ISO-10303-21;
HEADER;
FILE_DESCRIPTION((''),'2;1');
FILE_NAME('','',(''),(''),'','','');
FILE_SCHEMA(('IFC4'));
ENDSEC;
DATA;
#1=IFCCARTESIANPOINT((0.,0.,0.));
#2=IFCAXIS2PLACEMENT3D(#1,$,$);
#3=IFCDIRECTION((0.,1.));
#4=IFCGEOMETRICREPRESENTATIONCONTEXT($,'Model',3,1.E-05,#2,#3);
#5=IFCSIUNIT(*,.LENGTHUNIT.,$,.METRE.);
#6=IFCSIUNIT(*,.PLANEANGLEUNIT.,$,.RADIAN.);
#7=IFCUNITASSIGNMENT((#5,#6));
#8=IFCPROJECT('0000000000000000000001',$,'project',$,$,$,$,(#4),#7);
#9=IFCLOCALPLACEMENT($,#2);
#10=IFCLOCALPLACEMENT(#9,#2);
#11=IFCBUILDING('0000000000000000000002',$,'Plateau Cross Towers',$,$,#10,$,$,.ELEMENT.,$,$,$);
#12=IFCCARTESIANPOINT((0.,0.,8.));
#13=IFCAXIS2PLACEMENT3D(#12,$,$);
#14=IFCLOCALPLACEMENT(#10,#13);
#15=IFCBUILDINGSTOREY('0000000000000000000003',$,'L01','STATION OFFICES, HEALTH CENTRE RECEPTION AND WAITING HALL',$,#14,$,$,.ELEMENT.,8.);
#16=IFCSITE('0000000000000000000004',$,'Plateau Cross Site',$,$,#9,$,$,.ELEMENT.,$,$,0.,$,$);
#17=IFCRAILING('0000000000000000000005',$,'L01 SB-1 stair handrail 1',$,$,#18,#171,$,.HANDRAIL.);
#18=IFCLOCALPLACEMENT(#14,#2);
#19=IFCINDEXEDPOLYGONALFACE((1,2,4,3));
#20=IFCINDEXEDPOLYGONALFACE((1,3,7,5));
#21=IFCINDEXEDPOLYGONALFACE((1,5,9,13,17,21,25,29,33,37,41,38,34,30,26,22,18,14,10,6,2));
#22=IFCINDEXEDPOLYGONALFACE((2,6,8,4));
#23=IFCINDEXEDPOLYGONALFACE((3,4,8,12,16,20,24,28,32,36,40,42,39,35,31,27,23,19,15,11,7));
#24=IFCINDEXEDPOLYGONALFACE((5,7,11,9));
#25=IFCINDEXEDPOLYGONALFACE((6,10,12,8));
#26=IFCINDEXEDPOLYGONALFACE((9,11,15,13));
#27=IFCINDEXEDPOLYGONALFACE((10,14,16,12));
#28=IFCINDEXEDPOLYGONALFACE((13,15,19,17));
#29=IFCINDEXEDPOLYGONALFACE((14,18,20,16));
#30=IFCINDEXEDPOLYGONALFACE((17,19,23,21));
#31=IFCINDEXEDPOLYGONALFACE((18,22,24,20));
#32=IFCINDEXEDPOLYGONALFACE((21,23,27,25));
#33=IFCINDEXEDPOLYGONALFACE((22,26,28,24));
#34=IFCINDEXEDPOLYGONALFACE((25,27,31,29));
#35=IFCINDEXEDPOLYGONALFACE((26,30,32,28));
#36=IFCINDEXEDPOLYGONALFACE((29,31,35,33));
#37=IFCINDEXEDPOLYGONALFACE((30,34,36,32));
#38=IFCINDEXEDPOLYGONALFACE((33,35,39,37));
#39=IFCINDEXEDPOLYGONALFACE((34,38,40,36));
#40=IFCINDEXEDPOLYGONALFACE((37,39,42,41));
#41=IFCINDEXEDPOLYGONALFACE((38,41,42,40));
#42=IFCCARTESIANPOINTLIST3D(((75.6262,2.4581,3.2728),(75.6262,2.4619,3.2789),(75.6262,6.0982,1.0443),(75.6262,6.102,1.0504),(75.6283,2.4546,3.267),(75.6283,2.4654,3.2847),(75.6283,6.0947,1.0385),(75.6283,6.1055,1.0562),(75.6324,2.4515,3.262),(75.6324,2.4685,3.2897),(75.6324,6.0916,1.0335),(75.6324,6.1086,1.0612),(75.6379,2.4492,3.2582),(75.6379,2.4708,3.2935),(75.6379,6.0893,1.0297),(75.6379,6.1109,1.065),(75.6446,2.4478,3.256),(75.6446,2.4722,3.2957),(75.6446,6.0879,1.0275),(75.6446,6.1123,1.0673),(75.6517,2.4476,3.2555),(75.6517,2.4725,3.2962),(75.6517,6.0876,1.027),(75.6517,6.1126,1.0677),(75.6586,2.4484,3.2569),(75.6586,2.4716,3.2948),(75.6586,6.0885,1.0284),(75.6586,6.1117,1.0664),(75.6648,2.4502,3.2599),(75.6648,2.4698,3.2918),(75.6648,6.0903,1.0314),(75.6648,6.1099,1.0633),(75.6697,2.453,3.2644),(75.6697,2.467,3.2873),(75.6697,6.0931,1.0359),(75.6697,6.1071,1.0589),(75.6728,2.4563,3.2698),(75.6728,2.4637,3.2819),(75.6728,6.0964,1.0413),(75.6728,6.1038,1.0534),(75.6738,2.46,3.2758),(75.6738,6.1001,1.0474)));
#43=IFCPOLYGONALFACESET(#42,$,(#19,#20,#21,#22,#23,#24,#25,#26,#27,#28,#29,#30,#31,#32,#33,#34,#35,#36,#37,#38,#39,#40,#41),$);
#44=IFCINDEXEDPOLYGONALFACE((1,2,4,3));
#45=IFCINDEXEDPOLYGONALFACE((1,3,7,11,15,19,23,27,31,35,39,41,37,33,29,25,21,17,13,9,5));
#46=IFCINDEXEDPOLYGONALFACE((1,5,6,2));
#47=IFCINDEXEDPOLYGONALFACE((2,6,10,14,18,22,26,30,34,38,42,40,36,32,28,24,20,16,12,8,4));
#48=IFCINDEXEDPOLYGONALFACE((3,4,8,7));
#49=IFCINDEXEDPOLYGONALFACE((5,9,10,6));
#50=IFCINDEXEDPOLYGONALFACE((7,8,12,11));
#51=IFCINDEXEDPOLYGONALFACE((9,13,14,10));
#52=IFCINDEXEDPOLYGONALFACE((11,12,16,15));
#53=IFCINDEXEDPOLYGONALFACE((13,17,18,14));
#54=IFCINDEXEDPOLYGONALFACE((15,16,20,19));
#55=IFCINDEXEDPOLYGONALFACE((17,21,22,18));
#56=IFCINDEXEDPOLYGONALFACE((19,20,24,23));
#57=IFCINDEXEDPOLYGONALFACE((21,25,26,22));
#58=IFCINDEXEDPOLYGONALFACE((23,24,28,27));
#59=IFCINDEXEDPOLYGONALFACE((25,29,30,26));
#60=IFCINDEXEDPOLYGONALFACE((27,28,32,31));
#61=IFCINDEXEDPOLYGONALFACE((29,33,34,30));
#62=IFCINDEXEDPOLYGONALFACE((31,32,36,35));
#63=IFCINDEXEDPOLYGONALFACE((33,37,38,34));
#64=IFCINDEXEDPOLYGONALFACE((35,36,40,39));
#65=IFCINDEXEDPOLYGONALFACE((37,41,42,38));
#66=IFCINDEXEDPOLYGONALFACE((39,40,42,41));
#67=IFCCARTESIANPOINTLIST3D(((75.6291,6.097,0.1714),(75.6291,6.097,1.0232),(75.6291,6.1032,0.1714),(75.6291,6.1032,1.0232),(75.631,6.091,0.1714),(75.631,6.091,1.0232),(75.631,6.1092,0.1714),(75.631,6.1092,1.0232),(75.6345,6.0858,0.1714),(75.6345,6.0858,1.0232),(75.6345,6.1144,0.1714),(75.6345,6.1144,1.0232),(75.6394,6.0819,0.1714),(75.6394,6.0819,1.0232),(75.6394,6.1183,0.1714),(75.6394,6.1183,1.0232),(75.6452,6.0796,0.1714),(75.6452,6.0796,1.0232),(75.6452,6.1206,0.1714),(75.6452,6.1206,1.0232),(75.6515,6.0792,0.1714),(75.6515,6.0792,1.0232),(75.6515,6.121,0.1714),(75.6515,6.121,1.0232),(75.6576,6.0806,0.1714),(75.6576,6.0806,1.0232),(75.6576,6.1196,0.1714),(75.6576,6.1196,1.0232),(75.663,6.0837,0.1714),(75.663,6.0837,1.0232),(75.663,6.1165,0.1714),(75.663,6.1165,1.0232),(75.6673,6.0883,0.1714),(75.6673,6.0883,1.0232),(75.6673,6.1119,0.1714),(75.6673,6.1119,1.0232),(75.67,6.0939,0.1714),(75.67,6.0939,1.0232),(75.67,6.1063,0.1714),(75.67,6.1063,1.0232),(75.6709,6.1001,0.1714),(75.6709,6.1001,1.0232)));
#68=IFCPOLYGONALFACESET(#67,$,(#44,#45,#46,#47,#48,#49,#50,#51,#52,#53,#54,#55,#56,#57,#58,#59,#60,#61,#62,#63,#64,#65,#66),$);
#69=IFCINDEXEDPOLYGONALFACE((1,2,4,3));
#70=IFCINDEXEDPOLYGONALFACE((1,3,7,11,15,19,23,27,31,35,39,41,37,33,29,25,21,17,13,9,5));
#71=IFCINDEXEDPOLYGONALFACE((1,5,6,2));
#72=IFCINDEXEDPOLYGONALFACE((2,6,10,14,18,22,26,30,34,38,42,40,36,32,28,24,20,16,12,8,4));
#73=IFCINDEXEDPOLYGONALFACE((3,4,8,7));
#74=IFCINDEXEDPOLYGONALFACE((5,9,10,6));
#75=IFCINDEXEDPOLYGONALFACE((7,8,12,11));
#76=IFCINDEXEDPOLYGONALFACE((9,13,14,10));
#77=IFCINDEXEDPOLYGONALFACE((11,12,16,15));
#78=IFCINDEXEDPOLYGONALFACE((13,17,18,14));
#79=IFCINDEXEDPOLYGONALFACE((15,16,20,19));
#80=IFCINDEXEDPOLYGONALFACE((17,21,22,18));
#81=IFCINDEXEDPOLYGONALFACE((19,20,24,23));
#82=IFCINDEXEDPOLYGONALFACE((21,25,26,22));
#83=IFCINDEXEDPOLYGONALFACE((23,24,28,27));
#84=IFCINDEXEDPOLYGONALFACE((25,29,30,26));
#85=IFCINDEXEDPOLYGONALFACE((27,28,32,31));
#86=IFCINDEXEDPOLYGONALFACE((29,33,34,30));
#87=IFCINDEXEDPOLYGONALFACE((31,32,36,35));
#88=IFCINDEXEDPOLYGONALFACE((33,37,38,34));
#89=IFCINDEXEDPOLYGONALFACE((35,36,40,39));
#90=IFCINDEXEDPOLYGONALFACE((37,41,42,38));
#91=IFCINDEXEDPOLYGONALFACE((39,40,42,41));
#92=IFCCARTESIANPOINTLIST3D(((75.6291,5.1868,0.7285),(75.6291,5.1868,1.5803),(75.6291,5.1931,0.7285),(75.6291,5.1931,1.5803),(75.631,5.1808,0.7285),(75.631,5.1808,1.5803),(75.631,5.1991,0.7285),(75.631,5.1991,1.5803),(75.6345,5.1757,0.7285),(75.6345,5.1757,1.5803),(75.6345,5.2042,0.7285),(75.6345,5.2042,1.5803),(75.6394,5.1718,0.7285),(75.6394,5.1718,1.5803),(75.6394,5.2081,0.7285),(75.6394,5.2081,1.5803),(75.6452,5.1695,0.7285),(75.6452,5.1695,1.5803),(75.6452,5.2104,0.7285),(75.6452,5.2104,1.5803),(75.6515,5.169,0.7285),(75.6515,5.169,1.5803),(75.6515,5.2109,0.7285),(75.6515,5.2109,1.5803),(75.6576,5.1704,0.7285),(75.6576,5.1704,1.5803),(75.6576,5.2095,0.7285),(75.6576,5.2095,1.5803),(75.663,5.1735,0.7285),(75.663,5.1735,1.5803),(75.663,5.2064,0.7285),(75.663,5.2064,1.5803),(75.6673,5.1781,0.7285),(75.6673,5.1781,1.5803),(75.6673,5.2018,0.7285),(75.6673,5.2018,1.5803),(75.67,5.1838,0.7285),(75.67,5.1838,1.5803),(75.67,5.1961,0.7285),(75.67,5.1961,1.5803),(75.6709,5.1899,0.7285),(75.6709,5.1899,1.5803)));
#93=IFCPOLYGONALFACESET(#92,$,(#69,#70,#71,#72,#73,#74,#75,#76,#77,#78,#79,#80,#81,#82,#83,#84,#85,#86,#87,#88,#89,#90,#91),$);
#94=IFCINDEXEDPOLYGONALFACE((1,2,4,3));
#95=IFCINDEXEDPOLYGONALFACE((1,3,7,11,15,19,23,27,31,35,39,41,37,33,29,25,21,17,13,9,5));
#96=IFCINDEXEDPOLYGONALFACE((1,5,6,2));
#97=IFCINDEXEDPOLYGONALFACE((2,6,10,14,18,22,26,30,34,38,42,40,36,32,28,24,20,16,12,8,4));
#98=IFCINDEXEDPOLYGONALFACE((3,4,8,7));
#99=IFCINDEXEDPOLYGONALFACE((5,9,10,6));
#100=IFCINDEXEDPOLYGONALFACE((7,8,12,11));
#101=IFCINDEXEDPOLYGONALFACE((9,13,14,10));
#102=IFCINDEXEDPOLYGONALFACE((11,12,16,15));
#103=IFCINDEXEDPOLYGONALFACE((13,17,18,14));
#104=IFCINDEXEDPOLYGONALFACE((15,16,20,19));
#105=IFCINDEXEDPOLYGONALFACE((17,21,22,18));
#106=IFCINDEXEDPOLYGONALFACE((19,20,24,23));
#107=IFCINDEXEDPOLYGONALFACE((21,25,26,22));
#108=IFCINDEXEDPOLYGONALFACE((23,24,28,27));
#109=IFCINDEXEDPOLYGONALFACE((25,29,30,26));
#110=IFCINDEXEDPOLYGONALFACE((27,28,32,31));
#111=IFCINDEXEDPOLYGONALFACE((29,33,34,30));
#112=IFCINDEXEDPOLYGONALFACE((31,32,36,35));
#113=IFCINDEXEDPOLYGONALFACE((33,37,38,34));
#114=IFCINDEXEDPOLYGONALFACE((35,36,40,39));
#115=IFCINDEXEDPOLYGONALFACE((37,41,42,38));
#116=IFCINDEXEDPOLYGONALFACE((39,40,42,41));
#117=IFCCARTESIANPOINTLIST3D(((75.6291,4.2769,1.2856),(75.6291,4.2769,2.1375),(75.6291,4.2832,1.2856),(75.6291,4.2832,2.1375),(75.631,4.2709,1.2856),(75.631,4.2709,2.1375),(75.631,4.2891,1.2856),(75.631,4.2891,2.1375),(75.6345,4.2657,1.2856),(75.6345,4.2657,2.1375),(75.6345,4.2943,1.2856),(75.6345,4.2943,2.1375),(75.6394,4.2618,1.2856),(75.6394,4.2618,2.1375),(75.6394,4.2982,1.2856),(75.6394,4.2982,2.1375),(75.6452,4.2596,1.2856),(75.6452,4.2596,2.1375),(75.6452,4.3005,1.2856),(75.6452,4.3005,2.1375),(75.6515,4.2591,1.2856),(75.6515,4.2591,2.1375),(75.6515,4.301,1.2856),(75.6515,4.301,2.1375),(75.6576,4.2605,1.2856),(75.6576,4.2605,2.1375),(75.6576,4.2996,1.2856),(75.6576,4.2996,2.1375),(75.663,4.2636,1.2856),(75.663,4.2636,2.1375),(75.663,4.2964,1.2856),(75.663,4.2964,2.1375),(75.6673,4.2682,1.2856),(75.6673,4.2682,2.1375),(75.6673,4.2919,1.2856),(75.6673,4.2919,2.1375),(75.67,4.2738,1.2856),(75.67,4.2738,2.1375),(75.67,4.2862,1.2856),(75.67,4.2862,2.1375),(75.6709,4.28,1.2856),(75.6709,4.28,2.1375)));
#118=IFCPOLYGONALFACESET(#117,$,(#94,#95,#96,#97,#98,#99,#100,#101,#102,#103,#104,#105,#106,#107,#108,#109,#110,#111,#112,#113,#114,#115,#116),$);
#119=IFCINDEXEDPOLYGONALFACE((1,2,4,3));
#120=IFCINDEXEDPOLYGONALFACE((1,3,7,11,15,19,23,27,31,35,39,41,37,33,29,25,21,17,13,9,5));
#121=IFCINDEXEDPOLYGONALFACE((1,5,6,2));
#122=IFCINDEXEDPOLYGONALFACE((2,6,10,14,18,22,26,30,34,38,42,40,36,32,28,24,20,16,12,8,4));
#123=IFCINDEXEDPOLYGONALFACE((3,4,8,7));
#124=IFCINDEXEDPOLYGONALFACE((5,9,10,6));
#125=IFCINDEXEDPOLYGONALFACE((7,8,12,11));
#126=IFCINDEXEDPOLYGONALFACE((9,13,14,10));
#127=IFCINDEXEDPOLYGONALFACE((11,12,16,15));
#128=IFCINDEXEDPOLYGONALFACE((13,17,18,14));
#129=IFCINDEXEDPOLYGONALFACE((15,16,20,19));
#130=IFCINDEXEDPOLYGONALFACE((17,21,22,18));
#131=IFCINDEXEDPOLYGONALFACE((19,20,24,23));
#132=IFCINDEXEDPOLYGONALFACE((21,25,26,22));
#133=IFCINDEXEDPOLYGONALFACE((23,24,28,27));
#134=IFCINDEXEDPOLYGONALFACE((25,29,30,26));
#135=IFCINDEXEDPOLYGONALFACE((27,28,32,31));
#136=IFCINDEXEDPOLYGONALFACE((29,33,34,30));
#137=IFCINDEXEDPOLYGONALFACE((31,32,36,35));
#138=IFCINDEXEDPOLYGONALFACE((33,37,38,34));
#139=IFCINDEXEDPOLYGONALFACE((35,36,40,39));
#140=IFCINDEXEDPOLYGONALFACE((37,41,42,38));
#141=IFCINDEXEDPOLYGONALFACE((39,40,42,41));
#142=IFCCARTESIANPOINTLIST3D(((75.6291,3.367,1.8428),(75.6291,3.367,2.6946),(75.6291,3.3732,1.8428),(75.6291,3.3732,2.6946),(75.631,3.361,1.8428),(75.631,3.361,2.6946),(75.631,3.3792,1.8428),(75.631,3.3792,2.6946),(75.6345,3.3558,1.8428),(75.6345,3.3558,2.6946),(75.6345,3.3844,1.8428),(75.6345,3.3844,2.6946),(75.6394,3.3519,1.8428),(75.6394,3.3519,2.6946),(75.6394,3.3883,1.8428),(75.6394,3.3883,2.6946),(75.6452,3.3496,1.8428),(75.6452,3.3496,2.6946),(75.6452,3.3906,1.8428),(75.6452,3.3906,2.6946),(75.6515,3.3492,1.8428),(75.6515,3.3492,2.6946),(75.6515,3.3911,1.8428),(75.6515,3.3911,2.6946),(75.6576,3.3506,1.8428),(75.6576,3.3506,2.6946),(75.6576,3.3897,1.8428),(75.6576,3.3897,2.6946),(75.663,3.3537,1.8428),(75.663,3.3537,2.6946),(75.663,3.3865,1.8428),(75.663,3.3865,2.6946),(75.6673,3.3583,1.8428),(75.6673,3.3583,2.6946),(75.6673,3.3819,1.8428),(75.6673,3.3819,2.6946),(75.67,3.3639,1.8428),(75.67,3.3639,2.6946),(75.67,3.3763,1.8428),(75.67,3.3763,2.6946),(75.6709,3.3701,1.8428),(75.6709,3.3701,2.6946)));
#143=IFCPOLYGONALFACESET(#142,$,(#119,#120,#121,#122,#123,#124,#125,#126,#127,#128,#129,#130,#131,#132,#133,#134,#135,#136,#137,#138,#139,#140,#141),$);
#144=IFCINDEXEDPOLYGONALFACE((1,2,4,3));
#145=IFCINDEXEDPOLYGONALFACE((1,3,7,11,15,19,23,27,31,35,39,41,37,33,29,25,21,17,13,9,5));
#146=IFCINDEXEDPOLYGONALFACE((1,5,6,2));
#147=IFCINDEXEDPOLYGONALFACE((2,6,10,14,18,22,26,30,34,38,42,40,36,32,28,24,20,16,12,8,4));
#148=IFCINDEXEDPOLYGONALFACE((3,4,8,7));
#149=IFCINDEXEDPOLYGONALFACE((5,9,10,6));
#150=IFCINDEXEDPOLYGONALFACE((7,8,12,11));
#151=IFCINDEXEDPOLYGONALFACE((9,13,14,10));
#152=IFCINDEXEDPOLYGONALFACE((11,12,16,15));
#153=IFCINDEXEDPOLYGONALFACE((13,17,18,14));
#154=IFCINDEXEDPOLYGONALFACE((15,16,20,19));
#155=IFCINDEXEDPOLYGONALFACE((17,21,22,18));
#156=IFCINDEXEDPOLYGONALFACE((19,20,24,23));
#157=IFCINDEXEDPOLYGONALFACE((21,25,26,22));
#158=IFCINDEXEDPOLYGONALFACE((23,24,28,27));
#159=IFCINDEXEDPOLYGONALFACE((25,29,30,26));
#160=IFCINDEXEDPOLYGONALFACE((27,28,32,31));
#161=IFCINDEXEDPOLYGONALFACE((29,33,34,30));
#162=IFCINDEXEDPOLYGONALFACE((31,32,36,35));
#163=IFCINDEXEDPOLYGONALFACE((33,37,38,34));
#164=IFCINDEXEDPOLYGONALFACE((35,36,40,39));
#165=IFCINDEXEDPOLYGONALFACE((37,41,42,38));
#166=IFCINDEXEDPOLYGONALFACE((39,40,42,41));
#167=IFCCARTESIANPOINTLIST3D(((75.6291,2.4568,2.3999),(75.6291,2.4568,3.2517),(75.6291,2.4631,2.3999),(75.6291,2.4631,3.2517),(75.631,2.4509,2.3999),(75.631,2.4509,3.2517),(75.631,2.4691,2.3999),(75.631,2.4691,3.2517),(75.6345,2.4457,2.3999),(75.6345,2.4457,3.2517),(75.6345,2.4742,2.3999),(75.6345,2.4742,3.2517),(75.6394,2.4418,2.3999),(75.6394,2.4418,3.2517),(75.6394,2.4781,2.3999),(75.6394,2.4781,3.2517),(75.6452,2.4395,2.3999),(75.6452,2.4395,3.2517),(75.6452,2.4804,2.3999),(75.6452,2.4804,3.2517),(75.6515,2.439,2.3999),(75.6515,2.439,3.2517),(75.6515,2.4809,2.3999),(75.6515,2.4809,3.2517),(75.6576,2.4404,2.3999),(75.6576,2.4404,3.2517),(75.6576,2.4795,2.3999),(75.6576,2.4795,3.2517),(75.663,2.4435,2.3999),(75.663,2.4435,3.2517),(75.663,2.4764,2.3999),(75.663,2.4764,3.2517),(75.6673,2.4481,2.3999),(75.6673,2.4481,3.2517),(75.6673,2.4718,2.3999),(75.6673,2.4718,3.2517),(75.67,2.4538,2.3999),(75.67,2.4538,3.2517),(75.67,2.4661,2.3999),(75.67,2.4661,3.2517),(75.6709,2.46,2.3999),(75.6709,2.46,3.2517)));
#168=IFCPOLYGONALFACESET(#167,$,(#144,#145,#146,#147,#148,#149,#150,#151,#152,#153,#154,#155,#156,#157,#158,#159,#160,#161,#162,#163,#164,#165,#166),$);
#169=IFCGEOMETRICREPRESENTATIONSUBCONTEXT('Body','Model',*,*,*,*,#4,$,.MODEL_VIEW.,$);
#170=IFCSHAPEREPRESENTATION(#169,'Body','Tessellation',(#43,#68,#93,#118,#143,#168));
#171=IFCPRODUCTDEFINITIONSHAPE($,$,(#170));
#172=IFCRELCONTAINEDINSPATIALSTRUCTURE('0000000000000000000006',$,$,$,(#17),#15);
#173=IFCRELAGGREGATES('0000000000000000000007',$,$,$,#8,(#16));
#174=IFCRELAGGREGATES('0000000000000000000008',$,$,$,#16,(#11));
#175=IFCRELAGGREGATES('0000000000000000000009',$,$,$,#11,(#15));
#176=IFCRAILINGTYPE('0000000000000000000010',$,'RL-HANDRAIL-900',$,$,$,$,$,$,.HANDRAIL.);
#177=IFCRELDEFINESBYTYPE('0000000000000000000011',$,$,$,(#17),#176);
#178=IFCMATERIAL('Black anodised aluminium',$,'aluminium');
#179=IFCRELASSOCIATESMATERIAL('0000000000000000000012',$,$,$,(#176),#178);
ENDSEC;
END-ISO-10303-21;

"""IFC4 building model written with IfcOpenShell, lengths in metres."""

from ifc_helpers import new_model, si_unit, direction, frame, origin, origin_2d, place, context, subcontext, project, spatial, circle, extrude, material, type_object, element, save


model = new_model("IFC4")

# Units and contexts
model_context = context("Model", 3, precision=1e-05, world=origin(), true_north=direction((0.0, 1.0)))
body_context = subcontext(model_context, "Body", "Model", "MODEL_VIEW")
ifc_project = project(units=[si_unit("LENGTHUNIT", "METRE"), si_unit("PLANEANGLEUNIT", "RADIAN")], contexts=[model_context])

# Site, building, storey
site_placement = place(None, origin())
site = spatial("IfcSite", under=ifc_project, at=site_placement, Name="Plateau Cross Site", CompositionType="ELEMENT", RefElevation=0.0)
building_placement = place(site_placement, origin())
building = spatial("IfcBuilding", under=site, at=building_placement, Name="Plateau Cross Towers", CompositionType="ELEMENT")
storey_placement = place(building_placement, frame((0.0, 0.0, 8.0)))
storey = spatial("IfcBuildingStorey", under=building, at=storey_placement, Name="L01", Description="STATION OFFICES, HEALTH CENTRE RECEPTION AND WAITING HALL", CompositionType="ELEMENT", Elevation=8.0)

# Railing
ifc_material_1 = material(Name="Black anodised aluminium", Category="aluminium")
railing_type_1 = type_object("IfcRailingType", Name="RL-HANDRAIL-900", PredefinedType="HANDRAIL", material=ifc_material_1)
railing_1_placement = place(storey_placement, frame((75.6499, 6.1001, 0.1714)))
element("IfcRailing", 1, at=railing_1_placement, inside=storey, type_object=railing_type_1, Name="L01 SB-1 stair handrail 1", PredefinedType="HANDRAIL", context=body_context, shape_type="SweptSolid", body=[
    extrude(circle(Radius=0.0239, at=origin_2d()), frame((0.0, 0.0, 0.876), z_axis=(0.0, -0.852866, 0.52213), x_axis=(1.0, 0.0, 0.0)), (0.0, 0.0, 1.0), 4.2681),
    extrude(circle(Radius=0.021, at=origin_2d()), origin(), (0.0, 0.0, 1.0), 0.8518),
    extrude(circle(Radius=0.021, at=origin_2d()), frame((0.0, -0.9102, 0.5571)), (0.0, 0.0, 1.0), 0.8518),
    extrude(circle(Radius=0.021, at=origin_2d()), frame((0.0, -1.8201, 1.1143)), (0.0, 0.0, 1.0), 0.8518),
    extrude(circle(Radius=0.021, at=origin_2d()), frame((0.0, -2.73, 1.6714)), (0.0, 0.0, 1.0), 0.8518),
    extrude(circle(Radius=0.021, at=origin_2d()), frame((0.0, -3.6401, 2.2285)), (0.0, 0.0, 1.0), 0.8518),
])

save(model, "model.ifc")
